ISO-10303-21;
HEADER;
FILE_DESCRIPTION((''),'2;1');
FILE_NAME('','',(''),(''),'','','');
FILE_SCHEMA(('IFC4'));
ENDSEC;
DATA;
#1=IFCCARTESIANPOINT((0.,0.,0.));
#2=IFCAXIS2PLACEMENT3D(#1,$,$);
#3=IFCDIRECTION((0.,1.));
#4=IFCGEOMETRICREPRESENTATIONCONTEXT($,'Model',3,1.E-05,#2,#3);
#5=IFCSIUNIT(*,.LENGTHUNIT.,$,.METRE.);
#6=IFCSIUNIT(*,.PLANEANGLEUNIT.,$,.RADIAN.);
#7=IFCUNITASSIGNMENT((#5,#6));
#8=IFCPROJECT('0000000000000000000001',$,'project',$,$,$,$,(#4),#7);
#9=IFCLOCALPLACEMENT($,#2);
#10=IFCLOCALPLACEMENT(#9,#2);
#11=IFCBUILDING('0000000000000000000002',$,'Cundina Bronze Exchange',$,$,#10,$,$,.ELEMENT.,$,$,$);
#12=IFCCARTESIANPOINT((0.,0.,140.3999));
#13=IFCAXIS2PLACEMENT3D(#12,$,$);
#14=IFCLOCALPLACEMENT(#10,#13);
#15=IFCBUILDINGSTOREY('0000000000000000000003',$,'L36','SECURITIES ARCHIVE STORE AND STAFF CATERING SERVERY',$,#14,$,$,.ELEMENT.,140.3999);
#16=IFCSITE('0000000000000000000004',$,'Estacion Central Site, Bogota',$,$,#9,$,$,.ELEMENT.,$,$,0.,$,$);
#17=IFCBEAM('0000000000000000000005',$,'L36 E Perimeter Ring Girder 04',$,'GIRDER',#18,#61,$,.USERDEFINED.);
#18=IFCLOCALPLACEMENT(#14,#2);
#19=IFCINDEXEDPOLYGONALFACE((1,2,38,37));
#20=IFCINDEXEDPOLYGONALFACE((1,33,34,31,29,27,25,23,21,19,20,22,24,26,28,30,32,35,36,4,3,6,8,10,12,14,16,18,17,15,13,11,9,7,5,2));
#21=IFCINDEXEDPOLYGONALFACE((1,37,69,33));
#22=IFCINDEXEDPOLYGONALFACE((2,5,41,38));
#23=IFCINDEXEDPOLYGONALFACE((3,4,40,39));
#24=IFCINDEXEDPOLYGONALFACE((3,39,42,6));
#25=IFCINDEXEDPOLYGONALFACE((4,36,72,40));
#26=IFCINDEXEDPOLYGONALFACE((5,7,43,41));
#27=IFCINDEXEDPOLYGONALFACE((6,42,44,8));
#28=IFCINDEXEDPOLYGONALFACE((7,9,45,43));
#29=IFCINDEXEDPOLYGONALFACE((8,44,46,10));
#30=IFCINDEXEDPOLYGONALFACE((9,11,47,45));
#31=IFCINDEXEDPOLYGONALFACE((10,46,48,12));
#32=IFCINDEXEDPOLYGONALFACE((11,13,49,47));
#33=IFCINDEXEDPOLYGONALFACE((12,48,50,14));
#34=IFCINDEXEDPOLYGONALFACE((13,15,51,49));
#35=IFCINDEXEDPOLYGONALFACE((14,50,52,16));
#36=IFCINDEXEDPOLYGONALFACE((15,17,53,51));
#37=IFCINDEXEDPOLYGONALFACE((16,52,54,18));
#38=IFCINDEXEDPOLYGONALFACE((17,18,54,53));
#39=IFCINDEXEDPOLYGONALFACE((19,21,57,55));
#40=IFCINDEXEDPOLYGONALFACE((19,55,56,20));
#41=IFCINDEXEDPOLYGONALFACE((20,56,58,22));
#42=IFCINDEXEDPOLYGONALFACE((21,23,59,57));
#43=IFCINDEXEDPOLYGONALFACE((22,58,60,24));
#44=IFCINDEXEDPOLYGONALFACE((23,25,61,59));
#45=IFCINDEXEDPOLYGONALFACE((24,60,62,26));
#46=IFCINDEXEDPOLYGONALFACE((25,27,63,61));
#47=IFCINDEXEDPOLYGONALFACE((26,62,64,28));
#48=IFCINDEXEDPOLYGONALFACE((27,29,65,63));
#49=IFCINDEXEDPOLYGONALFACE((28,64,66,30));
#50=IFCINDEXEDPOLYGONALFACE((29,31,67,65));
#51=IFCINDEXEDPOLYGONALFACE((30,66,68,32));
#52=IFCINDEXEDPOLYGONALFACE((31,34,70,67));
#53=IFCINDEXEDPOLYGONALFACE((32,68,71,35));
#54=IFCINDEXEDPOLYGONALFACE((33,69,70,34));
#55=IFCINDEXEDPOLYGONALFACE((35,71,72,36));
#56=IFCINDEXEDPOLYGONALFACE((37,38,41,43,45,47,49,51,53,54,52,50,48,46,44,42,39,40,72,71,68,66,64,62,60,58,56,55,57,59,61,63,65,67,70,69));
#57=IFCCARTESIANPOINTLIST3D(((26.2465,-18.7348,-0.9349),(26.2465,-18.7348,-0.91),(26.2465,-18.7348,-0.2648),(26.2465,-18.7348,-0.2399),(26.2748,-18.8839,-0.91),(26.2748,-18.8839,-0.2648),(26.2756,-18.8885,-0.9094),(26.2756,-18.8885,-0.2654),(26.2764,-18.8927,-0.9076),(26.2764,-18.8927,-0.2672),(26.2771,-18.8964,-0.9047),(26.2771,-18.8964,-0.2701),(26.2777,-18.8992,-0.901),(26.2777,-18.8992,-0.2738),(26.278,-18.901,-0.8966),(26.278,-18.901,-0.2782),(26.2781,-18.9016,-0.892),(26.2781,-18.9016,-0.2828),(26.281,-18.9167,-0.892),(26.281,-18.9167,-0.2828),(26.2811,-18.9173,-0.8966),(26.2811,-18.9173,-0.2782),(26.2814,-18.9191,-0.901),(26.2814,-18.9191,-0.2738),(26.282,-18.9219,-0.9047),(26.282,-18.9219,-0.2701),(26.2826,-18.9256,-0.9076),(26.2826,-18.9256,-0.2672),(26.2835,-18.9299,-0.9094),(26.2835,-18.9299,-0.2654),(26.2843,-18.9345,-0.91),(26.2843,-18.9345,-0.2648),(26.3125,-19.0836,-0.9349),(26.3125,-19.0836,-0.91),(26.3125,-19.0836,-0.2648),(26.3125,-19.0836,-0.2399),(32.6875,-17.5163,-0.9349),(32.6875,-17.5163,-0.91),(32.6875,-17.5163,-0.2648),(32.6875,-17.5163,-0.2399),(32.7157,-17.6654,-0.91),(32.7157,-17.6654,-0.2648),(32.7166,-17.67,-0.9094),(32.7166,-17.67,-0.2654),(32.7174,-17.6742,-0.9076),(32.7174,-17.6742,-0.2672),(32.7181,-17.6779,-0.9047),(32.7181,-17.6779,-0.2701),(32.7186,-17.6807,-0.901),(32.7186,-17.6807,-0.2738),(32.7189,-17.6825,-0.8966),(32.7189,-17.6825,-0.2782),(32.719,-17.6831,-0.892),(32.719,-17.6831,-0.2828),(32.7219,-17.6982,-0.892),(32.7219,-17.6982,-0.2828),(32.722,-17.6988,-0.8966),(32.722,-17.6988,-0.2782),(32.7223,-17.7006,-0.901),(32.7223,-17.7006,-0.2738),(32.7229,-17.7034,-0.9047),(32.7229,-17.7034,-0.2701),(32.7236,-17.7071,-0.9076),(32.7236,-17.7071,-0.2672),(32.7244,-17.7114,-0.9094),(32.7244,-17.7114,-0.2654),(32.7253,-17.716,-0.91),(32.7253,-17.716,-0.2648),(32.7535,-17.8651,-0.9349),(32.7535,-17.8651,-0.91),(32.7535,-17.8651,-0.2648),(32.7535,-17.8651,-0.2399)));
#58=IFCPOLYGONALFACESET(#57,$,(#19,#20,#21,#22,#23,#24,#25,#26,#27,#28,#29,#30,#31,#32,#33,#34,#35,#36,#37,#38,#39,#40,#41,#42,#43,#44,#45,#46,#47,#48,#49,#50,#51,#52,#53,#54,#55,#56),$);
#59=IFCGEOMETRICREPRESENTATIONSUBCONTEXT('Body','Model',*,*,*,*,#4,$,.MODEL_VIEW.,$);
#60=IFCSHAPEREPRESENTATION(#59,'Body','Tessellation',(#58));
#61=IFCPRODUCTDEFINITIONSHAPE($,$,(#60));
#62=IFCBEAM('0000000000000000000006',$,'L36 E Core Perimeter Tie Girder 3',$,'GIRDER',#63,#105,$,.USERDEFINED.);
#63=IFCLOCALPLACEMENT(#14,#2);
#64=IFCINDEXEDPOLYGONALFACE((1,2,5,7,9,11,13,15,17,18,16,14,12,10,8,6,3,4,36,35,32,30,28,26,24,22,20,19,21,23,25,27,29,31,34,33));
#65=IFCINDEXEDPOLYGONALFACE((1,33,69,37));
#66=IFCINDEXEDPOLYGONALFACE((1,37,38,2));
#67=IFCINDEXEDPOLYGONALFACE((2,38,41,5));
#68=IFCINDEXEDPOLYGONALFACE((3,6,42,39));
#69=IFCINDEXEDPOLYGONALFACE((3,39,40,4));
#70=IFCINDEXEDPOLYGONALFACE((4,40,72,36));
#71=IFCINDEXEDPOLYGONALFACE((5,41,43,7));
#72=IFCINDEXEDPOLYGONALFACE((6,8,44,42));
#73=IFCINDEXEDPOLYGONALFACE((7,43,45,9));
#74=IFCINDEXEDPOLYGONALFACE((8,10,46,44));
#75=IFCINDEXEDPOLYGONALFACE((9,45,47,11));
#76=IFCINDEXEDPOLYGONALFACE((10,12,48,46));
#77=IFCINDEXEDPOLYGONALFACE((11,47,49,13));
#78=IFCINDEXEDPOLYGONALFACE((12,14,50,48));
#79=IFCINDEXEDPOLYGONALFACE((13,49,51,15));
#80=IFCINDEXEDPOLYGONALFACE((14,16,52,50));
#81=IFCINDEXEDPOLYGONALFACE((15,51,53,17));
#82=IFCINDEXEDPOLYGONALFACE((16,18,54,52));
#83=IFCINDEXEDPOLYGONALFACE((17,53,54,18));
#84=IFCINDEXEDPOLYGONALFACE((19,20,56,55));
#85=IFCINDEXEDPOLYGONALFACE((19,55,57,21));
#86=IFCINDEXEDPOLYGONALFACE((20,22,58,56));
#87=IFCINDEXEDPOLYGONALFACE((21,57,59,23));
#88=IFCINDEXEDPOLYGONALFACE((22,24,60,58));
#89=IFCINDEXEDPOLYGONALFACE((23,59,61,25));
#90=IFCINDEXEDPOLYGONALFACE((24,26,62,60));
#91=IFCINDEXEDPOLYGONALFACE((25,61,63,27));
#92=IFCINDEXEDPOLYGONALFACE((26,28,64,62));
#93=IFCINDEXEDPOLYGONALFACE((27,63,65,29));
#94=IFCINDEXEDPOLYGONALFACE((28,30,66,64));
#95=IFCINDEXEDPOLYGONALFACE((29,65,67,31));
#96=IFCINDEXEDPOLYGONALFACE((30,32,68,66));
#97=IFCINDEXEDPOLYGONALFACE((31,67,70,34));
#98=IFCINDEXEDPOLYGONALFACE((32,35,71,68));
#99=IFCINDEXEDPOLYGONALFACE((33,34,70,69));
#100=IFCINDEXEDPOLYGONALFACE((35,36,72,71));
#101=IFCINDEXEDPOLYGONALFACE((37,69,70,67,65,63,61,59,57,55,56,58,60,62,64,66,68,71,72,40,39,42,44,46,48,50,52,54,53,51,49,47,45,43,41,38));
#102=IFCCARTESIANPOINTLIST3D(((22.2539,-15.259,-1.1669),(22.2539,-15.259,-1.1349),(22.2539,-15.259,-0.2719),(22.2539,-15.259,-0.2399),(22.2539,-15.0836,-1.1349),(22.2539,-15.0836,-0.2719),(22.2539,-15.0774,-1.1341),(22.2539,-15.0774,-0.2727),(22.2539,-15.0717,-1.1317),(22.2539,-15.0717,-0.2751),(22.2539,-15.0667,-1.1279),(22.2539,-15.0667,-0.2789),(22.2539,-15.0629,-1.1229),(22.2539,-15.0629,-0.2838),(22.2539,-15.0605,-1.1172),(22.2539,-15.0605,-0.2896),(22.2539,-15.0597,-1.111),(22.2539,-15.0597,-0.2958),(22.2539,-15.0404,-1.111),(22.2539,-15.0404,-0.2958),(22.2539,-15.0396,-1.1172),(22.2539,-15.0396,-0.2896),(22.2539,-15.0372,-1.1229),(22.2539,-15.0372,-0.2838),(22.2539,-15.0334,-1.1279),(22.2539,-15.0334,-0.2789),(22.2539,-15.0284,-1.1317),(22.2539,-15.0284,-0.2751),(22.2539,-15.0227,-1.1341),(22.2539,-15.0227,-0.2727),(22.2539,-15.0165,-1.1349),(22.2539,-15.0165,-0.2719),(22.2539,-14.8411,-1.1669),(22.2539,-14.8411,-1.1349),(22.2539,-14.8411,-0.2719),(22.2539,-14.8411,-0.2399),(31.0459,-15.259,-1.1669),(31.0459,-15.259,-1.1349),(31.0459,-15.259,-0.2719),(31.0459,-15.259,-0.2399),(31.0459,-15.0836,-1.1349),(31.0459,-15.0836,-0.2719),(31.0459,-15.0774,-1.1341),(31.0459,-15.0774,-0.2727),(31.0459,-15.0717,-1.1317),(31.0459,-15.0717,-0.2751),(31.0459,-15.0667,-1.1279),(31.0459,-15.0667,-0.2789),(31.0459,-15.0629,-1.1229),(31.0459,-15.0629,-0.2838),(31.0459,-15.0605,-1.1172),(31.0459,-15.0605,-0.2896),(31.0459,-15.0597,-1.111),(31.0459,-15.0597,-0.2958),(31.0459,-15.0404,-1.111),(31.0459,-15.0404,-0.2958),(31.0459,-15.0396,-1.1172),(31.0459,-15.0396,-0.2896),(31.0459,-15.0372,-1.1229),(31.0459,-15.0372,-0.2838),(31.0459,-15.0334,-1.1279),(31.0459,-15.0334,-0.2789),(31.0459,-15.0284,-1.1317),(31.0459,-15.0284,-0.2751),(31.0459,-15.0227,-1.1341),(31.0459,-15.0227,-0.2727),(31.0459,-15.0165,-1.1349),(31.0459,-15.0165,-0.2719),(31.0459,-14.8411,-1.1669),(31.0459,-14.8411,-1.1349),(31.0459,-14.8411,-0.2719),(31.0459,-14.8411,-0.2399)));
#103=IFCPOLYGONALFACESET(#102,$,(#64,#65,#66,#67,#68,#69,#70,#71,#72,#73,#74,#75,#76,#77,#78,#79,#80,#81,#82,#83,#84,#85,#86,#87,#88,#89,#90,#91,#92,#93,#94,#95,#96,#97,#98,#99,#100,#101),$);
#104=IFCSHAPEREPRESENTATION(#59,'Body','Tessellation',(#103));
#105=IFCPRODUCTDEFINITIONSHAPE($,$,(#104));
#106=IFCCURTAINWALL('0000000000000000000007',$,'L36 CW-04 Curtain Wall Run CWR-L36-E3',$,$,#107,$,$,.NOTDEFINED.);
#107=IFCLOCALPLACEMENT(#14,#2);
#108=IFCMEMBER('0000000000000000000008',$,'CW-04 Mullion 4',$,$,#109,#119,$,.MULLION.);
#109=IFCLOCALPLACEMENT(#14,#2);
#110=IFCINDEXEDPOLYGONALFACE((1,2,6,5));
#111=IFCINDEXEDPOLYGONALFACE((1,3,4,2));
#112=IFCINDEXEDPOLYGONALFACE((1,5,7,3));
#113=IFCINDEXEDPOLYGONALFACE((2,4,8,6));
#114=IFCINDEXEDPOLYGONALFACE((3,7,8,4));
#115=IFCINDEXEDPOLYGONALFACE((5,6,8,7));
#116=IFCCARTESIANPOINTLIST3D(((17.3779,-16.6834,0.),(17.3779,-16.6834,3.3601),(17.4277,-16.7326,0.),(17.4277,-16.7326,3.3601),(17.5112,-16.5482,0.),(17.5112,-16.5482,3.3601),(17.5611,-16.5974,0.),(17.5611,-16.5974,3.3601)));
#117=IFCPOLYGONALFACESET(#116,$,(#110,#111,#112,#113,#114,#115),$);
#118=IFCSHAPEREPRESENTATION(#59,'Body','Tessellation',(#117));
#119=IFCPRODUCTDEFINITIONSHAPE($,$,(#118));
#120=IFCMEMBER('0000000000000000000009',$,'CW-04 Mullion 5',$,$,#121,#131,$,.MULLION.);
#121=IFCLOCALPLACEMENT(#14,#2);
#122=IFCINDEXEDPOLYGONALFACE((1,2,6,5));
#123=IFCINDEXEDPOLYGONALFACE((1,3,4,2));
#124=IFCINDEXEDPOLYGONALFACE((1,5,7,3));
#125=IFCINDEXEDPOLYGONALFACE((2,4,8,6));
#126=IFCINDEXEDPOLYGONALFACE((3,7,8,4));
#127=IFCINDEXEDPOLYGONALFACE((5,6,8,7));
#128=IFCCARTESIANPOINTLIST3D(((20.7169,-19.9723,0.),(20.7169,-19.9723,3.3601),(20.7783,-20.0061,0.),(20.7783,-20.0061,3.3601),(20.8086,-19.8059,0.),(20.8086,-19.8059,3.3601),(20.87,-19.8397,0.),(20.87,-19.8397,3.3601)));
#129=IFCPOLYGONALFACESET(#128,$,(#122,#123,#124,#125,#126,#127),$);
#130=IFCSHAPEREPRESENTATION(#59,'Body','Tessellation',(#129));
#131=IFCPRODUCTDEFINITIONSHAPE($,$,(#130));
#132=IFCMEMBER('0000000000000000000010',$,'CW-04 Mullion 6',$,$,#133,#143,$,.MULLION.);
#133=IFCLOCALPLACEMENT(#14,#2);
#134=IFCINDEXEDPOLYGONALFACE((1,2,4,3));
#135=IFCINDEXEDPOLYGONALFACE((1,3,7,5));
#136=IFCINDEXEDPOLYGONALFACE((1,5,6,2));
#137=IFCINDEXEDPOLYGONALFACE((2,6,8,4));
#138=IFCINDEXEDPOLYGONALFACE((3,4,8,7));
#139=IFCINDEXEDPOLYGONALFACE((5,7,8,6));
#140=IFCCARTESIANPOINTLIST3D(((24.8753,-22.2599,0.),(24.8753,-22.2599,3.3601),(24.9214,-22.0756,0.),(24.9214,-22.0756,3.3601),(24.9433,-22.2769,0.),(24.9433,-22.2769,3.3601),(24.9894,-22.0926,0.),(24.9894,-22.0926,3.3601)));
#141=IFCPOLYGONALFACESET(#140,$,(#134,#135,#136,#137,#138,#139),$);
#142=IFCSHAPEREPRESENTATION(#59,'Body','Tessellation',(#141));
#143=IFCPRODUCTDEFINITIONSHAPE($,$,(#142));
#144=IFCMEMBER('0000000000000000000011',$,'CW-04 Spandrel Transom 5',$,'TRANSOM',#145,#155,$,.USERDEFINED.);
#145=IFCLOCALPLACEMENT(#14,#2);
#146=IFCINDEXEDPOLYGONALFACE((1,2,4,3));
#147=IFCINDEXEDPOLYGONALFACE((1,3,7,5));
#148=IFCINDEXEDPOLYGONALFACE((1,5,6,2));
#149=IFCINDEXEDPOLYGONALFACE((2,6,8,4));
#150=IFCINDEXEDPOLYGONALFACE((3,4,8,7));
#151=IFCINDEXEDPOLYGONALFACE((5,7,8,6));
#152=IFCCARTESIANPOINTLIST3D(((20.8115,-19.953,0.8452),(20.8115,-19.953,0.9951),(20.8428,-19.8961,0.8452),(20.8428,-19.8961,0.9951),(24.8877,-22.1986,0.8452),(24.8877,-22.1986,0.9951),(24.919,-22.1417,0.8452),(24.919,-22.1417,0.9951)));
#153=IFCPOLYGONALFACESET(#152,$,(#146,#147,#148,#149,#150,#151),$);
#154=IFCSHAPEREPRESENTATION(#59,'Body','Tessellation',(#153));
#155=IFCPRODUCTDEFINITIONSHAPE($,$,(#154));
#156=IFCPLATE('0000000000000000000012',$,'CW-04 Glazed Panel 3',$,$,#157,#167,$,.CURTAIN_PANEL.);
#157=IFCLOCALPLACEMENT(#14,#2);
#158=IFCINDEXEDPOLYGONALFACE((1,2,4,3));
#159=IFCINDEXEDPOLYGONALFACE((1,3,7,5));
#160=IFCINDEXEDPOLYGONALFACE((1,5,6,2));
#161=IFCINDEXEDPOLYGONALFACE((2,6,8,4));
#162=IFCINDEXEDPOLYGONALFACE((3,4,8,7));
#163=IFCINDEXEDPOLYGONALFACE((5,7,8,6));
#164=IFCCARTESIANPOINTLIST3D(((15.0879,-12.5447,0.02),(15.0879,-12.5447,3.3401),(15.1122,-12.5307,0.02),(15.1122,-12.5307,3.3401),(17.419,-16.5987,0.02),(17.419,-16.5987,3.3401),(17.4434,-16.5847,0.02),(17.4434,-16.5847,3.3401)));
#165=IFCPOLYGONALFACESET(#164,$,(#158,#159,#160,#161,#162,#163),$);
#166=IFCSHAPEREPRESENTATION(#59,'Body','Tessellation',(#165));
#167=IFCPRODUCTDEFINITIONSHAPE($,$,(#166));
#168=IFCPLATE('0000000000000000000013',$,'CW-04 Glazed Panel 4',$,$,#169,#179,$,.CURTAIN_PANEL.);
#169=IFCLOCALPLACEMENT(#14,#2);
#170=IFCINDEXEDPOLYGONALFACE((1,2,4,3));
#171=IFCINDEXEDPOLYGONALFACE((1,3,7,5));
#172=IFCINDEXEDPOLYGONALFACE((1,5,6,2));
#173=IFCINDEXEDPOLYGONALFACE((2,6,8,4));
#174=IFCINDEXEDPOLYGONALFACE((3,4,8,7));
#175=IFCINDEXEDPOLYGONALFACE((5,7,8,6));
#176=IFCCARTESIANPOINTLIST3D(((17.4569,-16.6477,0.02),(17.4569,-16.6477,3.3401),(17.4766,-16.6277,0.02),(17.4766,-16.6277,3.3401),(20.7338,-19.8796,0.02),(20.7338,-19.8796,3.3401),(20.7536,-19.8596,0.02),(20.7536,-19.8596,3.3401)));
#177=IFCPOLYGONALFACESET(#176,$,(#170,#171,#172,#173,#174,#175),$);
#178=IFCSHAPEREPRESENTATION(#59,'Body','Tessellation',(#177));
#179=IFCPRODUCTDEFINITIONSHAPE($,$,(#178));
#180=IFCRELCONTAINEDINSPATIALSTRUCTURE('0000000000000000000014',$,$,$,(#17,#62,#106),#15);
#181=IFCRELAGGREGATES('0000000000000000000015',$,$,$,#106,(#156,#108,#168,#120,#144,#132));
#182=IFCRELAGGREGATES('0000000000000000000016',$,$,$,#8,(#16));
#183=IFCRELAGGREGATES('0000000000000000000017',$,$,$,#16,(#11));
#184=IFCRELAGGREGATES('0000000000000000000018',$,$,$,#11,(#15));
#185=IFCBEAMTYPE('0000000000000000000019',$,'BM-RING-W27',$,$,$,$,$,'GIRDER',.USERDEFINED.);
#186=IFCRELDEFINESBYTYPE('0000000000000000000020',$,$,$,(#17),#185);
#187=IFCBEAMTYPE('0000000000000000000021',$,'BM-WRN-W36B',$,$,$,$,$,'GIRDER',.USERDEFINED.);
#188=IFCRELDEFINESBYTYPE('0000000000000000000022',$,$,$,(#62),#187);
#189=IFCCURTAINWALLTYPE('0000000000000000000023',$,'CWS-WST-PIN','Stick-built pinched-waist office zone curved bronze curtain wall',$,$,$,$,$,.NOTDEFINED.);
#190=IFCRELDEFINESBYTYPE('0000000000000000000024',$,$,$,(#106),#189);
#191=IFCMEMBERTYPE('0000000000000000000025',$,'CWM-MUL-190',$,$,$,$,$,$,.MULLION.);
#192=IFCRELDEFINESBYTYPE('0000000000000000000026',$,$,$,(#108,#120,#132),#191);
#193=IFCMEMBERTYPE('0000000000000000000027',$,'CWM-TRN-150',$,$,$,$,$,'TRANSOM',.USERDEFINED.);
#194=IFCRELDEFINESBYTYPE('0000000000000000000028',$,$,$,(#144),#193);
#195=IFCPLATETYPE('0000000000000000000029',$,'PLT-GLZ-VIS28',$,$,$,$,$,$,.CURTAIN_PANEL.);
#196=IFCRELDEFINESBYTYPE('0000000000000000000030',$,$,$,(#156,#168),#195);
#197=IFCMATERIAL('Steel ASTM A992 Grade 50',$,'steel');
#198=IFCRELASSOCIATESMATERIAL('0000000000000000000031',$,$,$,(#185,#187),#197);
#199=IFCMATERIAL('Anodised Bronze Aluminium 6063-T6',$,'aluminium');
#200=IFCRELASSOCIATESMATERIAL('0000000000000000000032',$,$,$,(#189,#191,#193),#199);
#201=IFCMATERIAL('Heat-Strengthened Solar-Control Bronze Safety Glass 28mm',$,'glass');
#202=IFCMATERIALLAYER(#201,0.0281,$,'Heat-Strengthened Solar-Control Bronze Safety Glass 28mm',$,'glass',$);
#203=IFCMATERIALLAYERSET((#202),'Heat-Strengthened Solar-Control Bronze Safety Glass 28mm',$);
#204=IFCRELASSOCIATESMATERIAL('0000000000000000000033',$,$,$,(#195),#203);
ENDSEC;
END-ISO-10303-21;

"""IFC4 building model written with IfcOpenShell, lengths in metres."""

from ifc_helpers import new_model, si_unit, direction, frame, origin, origin_2d, place, context, subcontext, project, spatial, rectangle, i_section, extrude, material, layer, layer_set, material_profile, profile_set, type_object, element, aggregate, save


model = new_model("IFC4")

# Units and contexts
model_context = context("Model", 3, precision=1e-05, world=origin(), true_north=direction((0.0, 1.0)))
body_context = subcontext(model_context, "Body", "Model", "MODEL_VIEW")
ifc_project = project(units=[si_unit("LENGTHUNIT", "METRE"), si_unit("PLANEANGLEUNIT", "RADIAN")], contexts=[model_context])

# Site, building, storey
site_placement = place(None, origin())
site = spatial("IfcSite", under=ifc_project, at=site_placement, Name="Estacion Central Site, Bogota", CompositionType="ELEMENT", RefElevation=0.0)
building_placement = place(site_placement, origin())
building = spatial("IfcBuilding", under=site, at=building_placement, Name="Cundina Bronze Exchange", CompositionType="ELEMENT")
storey_placement = place(building_placement, frame((0.0, 0.0, 140.3999)))
storey = spatial("IfcBuildingStorey", under=building, at=storey_placement, Name="L36", Description="SECURITIES ARCHIVE STORE AND STAFF CATERING SERVERY", CompositionType="ELEMENT", Elevation=140.3999)

# Shared definitions
ifc_material_1 = material(Name="Steel ASTM A992 Grade 50", Category="steel")

# Beams
ifc_material_profile_1 = material_profile(ifc_material_1, i_section(OverallWidth=0.355, OverallDepth=0.6951, WebThickness=0.0154, FlangeThickness=0.0249, FilletRadius=0.0181, at=origin_2d()), Name="W27X146", Category="steel")
ifc_profile_set_1 = profile_set([ifc_material_profile_1], Name="Steel ASTM A992 Grade 50")
beam_type_1 = type_object("IfcBeamType", Name="BM-RING-W27", ElementType="GIRDER", PredefinedType="USERDEFINED", material=ifc_profile_set_1)
beam_1_placement = place(storey_placement, frame((26.2795, -18.9092, -0.5874), z_axis=(0.982572, 0.185885, 0.0), x_axis=(-0.185885, 0.982572, 0.0)))
element("IfcBeam", 1, at=beam_1_placement, inside=storey, type_object=beam_type_1, Name="L36 E Perimeter Ring Girder 04", ObjectType="GIRDER", PredefinedType="USERDEFINED", context=body_context, shape_type="SweptSolid", body=[
    extrude(i_section(OverallWidth=0.355, OverallDepth=0.6951, WebThickness=0.0154, FlangeThickness=0.0249, FilletRadius=0.0181, at=origin_2d()), origin(), (0.0, 0.0, 1.0), 6.5552),
])
ifc_material_profile_2 = material_profile(ifc_material_1, i_section(OverallWidth=0.418, OverallDepth=0.927, WebThickness=0.0193, FlangeThickness=0.032, FilletRadius=0.0239, at=origin_2d()), Name="W36X231", Category="steel")
ifc_profile_set_2 = profile_set([ifc_material_profile_2], Name="Steel ASTM A992 Grade 50")
beam_type_2 = type_object("IfcBeamType", Name="BM-WRN-W36B", ElementType="GIRDER", PredefinedType="USERDEFINED", material=ifc_profile_set_2)
beam_2_placement = place(storey_placement, frame((22.2539, -15.05, -0.7034), z_axis=(1.0, 0.0, 0.0), x_axis=(0.0, 1.0, 0.0)))
element("IfcBeam", 2, at=beam_2_placement, inside=storey, type_object=beam_type_2, Name="L36 E Core Perimeter Tie Girder 3", ObjectType="GIRDER", PredefinedType="USERDEFINED", context=body_context, shape_type="SweptSolid", body=[
    extrude(i_section(OverallWidth=0.418, OverallDepth=0.927, WebThickness=0.0193, FlangeThickness=0.032, FilletRadius=0.0239, at=origin_2d()), origin(), (0.0, 0.0, 1.0), 8.792),
])

# Curtain wall, members, plates
ifc_material_2 = material(Name="Anodised Bronze Aluminium 6063-T6", Category="aluminium")
curtain_wall_type = type_object("IfcCurtainWallType", Name="CWS-WST-PIN", Description="Stick-built pinched-waist office zone curved bronze curtain wall", PredefinedType="NOTDEFINED", material=ifc_material_2)
curtain_wall_placement = place(storey_placement, origin())
curtain_wall = element("IfcCurtainWall", 3, at=curtain_wall_placement, inside=storey, type_object=curtain_wall_type, Name="L36 CW-04 Curtain Wall Run CWR-L36-E3", PredefinedType="NOTDEFINED")
ifc_material_profile_3 = material_profile(ifc_material_2, rectangle(XDim=0.0701, YDim=0.1899, at=origin_2d()), Name="AL70X190", Category="aluminium")
ifc_profile_set_3 = profile_set([ifc_material_profile_3], Name="Anodised Bronze Aluminium 6063-T6")
member_type_1 = type_object("IfcMemberType", Name="CWM-MUL-190", PredefinedType="MULLION", material=ifc_profile_set_3)
member_1_placement = place(storey_placement, frame((17.4695, -16.6404, 0.0), z_axis=(0.0, 0.0, 1.0), x_axis=(0.712026, -0.702153, 0.0)))
member_1 = element("IfcMember", 4, at=member_1_placement, type_object=member_type_1, Name="CW-04 Mullion 4", PredefinedType="MULLION", context=body_context, shape_type="SweptSolid", body=[
    extrude(rectangle(XDim=0.0701, YDim=0.1899, at=origin_2d()), origin(), (0.0, 0.0, 1.0), 3.3601),
])
member_2_placement = place(storey_placement, frame((20.7935, -19.906, 0.0), z_axis=(0.0, 0.0, 1.0), x_axis=(0.875886, -0.482518, 0.0)))
member_2 = element("IfcMember", 5, at=member_2_placement, type_object=member_type_1, Name="CW-04 Mullion 5", PredefinedType="MULLION", context=body_context, shape_type="SweptSolid", body=[
    extrude(rectangle(XDim=0.0701, YDim=0.1899, at=origin_2d()), origin(), (0.0, 0.0, 1.0), 3.3601),
])
member_3_placement = place(storey_placement, frame((24.9324, -22.1763, 0.0), z_axis=(0.0, 0.0, 1.0), x_axis=(0.970084, -0.242769, 0.0)))
member_3 = element("IfcMember", 6, at=member_3_placement, type_object=member_type_1, Name="CW-04 Mullion 6", PredefinedType="MULLION", context=body_context, shape_type="SweptSolid", body=[
    extrude(rectangle(XDim=0.0701, YDim=0.1899, at=origin_2d()), origin(), (0.0, 0.0, 1.0), 3.3601),
])
ifc_material_profile_4 = material_profile(ifc_material_2, rectangle(XDim=0.0649, YDim=0.1499, at=origin_2d()), Name="AL65X150", Category="aluminium")
ifc_profile_set_4 = profile_set([ifc_material_profile_4], Name="Anodised Bronze Aluminium 6063-T6")
member_type_2 = type_object("IfcMemberType", Name="CWM-TRN-150", ElementType="TRANSOM", PredefinedType="USERDEFINED", material=ifc_profile_set_4)
member_4_placement = place(storey_placement, frame((20.8271, -19.9246, 0.9202), z_axis=(0.875879, -0.482531, 0.0), x_axis=(0.482531, 0.875879, 0.0)))
member_4 = element("IfcMember", 7, at=member_4_placement, type_object=member_type_2, Name="CW-04 Spandrel Transom 5", ObjectType="TRANSOM", PredefinedType="USERDEFINED", context=body_context, shape_type="SweptSolid", body=[
    extrude(rectangle(XDim=0.0649, YDim=0.1499, at=origin_2d()), origin(), (0.0, 0.0, 1.0), 4.6538),
])
ifc_material_3 = material(Name="Heat-Strengthened Solar-Control Bronze Safety Glass 28mm", Category="glass")
ifc_layer_1 = layer(ifc_material_3, 0.0281, Name="Heat-Strengthened Solar-Control Bronze Safety Glass 28mm", Category="glass")
ifc_layer_set_1 = layer_set([ifc_layer_1], Name="Heat-Strengthened Solar-Control Bronze Safety Glass 28mm")
plate_type = type_object("IfcPlateType", Name="PLT-GLZ-VIS28", PredefinedType="CURTAIN_PANEL", material=ifc_layer_set_1)
plate_1_placement = place(storey_placement, frame((16.2656, -14.5647, 0.02), z_axis=(0.0, 0.0, 1.0), x_axis=(0.498488, -0.866897, 0.0)))
plate_1 = element("IfcPlate", 8, at=plate_1_placement, type_object=plate_type, Name="CW-04 Glazed Panel 3", PredefinedType="CURTAIN_PANEL", context=body_context, shape_type="SweptSolid", body=[
    extrude(rectangle(XDim=4.6765, YDim=0.0281, at=origin_2d()), origin(), (0.0, 0.0, 1.0), 3.3201),
])
plate_2_placement = place(storey_placement, frame((19.1052, -18.2537, 0.02), z_axis=(0.0, 0.0, 1.0), x_axis=(0.711989, -0.70219, 0.0)))
plate_2 = element("IfcPlate", 9, at=plate_2_placement, type_object=plate_type, Name="CW-04 Glazed Panel 4", PredefinedType="CURTAIN_PANEL", context=body_context, shape_type="SweptSolid", body=[
    extrude(rectangle(XDim=4.6025, YDim=0.0281, at=origin_2d()), origin(), (0.0, 0.0, 1.0), 3.3201),
])
aggregate(curtain_wall, [plate_1, member_1, plate_2, member_2, member_4, member_3])

save(model, "model.ifc")
